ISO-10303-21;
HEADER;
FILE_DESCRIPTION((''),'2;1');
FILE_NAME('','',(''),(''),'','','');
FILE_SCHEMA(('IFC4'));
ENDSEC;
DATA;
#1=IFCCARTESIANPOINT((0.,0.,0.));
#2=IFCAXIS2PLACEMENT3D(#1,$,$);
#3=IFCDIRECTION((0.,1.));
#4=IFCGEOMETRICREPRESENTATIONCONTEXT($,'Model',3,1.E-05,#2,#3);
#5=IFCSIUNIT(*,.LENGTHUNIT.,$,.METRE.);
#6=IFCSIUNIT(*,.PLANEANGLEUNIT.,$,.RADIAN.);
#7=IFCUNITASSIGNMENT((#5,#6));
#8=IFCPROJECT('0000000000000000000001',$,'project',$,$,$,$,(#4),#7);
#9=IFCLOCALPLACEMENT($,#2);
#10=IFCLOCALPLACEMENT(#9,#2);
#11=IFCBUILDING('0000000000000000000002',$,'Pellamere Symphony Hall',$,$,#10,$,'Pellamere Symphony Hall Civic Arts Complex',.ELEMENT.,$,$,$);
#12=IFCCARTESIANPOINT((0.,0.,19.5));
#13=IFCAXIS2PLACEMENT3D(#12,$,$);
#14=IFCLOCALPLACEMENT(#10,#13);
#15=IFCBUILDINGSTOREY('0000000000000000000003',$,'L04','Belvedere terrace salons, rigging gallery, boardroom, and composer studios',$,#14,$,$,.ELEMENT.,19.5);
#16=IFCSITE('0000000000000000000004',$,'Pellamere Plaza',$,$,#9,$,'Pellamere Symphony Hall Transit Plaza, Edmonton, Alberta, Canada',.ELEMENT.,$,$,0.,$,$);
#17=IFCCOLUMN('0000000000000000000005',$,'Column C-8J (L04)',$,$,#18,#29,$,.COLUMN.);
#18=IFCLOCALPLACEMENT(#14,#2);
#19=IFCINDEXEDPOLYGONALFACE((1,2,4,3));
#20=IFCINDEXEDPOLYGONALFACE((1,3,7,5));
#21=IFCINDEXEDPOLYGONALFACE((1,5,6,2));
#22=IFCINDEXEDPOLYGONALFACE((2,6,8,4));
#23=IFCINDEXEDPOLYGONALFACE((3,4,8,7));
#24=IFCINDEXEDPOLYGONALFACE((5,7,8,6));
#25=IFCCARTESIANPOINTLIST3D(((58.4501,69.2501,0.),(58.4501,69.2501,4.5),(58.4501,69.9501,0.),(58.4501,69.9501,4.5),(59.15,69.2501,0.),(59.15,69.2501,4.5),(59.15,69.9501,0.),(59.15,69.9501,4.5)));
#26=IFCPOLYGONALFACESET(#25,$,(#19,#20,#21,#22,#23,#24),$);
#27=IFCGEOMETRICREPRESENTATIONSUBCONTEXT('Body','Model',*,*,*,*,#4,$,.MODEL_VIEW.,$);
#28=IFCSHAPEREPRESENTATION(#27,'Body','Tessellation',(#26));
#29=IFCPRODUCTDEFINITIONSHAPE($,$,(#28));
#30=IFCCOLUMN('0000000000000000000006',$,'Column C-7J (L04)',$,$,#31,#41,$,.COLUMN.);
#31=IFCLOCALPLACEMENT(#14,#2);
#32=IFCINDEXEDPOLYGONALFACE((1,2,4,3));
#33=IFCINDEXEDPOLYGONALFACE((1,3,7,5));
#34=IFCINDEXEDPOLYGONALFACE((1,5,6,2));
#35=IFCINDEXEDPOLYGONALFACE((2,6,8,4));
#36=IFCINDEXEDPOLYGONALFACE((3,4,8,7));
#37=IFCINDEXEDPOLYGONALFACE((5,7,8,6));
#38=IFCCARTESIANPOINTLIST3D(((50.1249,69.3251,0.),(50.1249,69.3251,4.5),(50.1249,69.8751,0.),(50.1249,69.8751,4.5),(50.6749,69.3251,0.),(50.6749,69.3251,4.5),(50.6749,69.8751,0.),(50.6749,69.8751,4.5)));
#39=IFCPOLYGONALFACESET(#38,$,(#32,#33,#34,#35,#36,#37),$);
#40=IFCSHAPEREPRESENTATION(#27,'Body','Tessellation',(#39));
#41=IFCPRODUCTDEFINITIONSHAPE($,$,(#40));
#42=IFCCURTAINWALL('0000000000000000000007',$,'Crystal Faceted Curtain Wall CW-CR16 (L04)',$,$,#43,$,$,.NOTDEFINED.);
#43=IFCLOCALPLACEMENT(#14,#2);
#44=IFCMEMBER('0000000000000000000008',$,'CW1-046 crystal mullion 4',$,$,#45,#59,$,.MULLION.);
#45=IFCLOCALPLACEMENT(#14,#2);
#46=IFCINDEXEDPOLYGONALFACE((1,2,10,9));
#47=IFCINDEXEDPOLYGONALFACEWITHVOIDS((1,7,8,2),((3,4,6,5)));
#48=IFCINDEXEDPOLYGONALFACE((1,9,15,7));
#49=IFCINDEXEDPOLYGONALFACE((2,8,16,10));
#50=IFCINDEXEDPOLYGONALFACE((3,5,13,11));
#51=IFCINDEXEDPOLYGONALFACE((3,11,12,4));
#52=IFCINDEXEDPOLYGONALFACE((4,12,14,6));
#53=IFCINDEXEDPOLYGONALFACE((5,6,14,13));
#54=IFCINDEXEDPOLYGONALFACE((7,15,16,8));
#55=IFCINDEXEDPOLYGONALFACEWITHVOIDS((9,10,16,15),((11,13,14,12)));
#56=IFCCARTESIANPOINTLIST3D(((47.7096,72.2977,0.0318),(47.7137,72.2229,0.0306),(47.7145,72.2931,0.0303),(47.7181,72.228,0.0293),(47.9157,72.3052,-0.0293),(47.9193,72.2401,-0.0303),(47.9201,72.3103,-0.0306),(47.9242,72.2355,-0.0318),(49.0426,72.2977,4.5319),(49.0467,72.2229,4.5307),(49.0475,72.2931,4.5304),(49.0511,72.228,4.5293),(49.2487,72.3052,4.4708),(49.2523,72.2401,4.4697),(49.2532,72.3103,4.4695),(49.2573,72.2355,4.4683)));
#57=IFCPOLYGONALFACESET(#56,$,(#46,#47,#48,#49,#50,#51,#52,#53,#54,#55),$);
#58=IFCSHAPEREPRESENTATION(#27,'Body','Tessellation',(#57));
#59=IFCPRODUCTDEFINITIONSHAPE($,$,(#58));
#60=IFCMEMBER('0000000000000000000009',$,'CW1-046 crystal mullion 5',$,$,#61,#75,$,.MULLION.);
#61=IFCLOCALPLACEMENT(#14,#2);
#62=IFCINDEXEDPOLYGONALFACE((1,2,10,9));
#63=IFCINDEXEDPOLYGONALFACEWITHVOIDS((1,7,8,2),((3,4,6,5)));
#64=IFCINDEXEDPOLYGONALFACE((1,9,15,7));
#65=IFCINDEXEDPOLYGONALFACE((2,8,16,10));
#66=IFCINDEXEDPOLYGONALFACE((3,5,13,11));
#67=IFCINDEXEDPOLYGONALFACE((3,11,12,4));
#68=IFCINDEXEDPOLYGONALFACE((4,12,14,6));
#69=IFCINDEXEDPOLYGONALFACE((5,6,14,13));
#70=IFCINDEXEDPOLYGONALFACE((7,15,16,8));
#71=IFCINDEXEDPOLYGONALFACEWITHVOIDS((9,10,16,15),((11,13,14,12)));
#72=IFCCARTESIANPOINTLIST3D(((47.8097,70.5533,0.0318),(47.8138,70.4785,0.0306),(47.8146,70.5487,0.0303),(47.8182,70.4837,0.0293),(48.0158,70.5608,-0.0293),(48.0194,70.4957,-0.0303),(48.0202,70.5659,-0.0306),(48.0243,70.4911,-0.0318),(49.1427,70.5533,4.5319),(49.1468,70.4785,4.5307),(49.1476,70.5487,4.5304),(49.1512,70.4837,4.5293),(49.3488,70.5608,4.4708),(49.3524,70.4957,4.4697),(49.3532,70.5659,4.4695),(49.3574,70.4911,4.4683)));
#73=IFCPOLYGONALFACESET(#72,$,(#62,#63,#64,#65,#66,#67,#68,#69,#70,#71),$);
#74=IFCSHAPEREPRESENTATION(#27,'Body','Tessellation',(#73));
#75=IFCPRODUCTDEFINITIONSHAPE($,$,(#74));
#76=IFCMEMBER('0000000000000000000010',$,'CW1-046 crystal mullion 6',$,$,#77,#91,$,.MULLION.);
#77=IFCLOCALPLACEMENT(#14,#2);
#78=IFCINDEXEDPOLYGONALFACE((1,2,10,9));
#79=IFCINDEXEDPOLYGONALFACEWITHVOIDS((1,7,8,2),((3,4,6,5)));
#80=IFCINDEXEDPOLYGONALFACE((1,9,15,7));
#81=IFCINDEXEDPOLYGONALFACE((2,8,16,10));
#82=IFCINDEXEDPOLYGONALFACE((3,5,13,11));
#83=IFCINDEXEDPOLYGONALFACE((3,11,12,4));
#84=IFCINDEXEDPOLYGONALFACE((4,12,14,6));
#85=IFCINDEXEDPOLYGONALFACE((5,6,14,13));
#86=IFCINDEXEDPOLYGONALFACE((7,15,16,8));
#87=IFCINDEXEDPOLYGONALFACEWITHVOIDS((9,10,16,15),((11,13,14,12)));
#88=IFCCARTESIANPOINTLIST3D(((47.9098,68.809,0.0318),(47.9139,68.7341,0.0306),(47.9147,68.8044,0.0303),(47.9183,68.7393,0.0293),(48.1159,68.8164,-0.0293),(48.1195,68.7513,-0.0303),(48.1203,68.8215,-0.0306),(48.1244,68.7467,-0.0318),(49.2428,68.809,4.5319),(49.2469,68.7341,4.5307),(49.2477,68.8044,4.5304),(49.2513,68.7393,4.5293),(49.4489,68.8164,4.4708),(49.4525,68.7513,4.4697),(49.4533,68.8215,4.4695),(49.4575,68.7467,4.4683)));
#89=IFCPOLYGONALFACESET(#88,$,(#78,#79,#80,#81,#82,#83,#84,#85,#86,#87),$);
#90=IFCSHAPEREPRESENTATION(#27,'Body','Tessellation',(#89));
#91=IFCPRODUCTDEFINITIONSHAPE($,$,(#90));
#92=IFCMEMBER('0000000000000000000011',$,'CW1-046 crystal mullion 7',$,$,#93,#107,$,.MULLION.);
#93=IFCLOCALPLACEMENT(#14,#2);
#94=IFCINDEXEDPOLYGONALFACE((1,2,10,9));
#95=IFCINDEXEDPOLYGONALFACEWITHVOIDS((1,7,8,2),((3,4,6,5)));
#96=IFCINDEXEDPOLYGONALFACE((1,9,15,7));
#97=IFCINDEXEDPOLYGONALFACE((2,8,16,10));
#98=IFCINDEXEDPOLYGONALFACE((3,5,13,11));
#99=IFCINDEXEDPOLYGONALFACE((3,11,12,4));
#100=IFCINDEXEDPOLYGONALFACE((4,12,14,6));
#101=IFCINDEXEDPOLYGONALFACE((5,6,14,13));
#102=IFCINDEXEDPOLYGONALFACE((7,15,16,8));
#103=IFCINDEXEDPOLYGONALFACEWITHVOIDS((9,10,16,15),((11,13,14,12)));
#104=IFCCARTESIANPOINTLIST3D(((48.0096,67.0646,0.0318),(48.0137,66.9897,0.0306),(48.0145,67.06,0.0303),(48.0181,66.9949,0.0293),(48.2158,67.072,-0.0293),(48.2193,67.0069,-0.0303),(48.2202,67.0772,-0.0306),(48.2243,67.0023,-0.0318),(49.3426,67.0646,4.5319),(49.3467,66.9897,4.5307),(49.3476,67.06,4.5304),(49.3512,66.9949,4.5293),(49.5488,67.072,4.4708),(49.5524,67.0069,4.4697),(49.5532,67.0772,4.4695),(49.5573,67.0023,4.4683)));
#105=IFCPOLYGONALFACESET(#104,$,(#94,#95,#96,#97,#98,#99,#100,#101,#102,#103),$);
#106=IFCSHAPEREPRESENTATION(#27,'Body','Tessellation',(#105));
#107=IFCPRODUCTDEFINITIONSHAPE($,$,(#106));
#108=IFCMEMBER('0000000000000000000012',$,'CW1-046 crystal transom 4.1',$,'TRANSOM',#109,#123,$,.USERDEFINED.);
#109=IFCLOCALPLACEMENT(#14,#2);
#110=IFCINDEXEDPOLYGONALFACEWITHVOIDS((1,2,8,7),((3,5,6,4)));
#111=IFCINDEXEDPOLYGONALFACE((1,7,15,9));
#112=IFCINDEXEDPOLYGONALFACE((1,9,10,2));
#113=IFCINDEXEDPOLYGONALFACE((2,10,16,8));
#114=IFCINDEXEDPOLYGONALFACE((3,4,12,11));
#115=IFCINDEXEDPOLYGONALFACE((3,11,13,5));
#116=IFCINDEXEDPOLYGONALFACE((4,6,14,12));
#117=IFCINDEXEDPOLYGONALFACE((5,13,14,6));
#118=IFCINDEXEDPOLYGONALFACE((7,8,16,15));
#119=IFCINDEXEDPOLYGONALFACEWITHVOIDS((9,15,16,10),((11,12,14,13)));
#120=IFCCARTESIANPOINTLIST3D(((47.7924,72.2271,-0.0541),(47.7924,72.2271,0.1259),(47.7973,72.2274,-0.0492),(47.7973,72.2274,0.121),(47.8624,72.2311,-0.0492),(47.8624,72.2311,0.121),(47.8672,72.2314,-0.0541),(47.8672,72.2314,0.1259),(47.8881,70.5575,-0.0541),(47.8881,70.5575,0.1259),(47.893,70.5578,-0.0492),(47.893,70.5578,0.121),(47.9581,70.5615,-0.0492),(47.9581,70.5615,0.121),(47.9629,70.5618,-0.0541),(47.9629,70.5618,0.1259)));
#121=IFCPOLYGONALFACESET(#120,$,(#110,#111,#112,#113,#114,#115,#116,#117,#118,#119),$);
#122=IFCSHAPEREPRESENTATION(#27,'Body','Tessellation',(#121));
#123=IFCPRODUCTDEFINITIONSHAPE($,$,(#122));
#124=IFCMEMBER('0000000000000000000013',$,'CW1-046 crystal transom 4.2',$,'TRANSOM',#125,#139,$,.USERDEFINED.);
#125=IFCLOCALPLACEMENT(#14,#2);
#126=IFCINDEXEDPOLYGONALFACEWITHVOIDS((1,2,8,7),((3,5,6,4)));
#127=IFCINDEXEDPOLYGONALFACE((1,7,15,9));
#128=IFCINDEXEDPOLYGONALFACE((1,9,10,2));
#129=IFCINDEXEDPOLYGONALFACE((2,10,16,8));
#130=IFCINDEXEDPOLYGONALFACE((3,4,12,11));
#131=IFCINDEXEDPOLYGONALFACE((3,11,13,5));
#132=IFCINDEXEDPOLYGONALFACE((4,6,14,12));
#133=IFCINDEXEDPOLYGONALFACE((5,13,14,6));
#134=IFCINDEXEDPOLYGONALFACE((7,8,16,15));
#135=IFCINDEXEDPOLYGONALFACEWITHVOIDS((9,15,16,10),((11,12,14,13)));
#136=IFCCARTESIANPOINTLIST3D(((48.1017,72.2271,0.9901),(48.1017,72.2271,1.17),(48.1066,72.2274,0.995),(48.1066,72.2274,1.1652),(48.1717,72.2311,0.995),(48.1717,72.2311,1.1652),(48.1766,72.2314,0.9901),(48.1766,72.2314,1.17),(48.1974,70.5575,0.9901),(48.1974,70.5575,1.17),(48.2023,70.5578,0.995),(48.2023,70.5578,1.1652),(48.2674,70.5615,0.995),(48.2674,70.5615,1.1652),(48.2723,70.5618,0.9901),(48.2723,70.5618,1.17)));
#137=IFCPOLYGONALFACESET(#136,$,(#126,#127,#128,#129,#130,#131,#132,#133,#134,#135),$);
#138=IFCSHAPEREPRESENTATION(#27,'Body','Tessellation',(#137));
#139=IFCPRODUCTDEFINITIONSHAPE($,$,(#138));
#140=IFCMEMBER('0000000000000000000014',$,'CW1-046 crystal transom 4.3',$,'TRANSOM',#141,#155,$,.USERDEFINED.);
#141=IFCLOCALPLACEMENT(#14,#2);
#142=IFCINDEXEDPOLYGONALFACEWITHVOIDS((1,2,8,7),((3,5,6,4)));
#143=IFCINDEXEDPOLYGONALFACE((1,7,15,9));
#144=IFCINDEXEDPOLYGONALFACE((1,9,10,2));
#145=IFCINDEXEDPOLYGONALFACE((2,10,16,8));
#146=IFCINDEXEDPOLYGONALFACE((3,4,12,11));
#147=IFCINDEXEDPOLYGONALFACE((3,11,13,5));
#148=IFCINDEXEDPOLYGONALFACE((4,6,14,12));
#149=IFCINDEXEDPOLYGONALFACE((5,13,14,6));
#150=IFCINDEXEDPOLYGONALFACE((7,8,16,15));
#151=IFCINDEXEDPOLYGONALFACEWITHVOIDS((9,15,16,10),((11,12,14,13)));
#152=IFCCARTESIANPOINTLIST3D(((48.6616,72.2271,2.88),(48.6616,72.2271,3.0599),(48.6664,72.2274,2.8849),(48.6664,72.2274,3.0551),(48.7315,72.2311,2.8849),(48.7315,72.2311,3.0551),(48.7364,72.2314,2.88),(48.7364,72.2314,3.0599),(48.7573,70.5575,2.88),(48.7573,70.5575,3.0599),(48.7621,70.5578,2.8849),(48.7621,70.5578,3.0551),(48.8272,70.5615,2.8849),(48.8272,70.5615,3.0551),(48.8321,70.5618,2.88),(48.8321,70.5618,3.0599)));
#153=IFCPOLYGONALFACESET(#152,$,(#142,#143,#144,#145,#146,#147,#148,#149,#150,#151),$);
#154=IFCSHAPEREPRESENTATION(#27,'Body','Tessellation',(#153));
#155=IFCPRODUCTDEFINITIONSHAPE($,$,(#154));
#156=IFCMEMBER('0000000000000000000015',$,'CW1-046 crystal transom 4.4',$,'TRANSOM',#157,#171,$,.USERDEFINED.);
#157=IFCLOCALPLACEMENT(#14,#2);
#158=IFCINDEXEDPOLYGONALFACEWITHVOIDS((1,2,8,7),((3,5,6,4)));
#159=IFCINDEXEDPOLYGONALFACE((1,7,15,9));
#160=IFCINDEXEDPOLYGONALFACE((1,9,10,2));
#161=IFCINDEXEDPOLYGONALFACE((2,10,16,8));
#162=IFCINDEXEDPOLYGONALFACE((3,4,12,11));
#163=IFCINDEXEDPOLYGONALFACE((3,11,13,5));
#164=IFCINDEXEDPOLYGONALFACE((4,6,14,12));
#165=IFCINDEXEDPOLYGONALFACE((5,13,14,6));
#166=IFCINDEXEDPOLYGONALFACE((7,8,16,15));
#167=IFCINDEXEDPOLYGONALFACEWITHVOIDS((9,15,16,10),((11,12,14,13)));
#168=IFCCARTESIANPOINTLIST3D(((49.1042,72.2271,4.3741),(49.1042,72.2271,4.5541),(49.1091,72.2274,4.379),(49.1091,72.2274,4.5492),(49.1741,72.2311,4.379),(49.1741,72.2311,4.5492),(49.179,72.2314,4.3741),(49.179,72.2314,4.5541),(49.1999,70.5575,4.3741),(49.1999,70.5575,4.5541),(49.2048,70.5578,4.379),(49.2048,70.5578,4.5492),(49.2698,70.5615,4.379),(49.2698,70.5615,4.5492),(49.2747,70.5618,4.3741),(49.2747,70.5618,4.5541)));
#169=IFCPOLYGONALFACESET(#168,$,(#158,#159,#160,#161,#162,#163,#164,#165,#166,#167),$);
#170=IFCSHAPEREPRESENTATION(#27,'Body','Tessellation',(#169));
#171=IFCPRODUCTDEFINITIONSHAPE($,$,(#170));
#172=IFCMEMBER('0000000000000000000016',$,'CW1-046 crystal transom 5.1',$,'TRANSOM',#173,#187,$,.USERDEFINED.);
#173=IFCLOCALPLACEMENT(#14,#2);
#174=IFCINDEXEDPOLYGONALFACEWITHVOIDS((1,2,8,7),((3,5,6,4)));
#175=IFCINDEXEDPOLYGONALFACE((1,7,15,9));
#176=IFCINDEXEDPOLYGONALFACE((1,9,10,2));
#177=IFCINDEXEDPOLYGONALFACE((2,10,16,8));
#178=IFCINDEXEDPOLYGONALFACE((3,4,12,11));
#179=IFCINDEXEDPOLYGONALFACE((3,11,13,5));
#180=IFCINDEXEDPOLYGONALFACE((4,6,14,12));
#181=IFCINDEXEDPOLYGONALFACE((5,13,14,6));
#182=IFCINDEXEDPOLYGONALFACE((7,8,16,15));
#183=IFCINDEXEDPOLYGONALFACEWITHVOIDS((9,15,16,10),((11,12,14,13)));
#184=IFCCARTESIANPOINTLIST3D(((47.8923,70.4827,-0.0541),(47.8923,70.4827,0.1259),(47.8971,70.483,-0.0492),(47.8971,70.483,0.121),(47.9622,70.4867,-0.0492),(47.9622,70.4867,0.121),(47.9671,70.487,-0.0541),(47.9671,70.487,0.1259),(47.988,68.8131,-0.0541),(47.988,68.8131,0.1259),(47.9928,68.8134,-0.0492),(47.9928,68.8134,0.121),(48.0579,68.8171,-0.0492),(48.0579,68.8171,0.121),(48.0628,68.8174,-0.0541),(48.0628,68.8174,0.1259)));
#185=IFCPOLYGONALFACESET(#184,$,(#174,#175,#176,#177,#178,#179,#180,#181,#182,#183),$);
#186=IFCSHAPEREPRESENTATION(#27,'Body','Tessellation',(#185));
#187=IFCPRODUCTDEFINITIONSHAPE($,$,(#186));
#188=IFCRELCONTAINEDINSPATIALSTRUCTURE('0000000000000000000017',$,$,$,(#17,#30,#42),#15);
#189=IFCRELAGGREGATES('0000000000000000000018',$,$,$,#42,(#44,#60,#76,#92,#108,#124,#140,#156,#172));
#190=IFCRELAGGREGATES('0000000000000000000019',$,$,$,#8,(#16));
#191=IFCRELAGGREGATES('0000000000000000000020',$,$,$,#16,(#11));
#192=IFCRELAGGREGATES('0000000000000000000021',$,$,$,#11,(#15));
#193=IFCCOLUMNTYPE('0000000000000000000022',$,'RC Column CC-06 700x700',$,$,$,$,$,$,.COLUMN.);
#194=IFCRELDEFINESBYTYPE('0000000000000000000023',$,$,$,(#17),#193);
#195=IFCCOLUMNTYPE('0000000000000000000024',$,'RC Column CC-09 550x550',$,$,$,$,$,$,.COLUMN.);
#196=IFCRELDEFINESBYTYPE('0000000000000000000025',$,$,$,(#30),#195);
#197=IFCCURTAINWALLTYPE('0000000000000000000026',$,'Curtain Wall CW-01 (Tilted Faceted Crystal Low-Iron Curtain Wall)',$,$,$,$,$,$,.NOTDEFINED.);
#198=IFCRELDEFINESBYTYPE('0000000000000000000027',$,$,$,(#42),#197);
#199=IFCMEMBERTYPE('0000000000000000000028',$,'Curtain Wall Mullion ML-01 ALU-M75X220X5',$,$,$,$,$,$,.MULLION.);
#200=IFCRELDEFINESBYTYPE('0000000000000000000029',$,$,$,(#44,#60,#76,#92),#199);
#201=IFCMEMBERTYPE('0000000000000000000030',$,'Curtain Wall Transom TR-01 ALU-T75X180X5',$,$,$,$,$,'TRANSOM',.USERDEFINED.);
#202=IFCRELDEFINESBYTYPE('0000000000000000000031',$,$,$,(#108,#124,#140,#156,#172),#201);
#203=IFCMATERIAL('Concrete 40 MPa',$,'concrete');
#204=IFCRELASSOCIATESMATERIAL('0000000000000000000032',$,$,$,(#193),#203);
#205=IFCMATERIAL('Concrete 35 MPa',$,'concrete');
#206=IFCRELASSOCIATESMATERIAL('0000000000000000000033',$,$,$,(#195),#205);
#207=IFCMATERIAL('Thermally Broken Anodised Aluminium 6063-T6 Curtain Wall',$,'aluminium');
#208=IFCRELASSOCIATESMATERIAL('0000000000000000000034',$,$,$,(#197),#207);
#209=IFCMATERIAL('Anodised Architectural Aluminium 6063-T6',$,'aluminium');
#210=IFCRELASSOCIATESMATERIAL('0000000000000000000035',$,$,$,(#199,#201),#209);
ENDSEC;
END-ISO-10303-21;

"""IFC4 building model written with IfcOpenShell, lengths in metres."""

from ifc_helpers import new_model, si_unit, direction, frame, origin, origin_2d, place, context, subcontext, project, spatial, rectangle, hollow_rectangle, extrude, material, material_profile, profile_set, type_object, element, aggregate, save


model = new_model("IFC4")

# Units and contexts
model_context = context("Model", 3, precision=1e-05, world=origin(), true_north=direction((0.0, 1.0)))
body_context = subcontext(model_context, "Body", "Model", "MODEL_VIEW")
ifc_project = project(units=[si_unit("LENGTHUNIT", "METRE"), si_unit("PLANEANGLEUNIT", "RADIAN")], contexts=[model_context])

# Site, building, storey
site_placement = place(None, origin())
site = spatial("IfcSite", under=ifc_project, at=site_placement, Name="Pellamere Plaza", LongName="Pellamere Symphony Hall Transit Plaza, Edmonton, Alberta, Canada", CompositionType="ELEMENT", RefElevation=0.0)
building_placement = place(site_placement, origin())
building = spatial("IfcBuilding", under=site, at=building_placement, Name="Pellamere Symphony Hall", LongName="Pellamere Symphony Hall Civic Arts Complex", CompositionType="ELEMENT")
storey_placement = place(building_placement, frame((0.0, 0.0, 19.5)))
storey = spatial("IfcBuildingStorey", under=building, at=storey_placement, Name="L04", Description="Belvedere terrace salons, rigging gallery, boardroom, and composer studios", CompositionType="ELEMENT", Elevation=19.5)

# Columns
ifc_material_1 = material(Name="Concrete 40 MPa", Category="concrete")
ifc_material_profile_1 = material_profile(ifc_material_1, rectangle(XDim=0.7, YDim=0.7, at=origin_2d()), Name="RC 700x700")
ifc_profile_set_1 = profile_set([ifc_material_profile_1], Name="Concrete 40 MPa")
column_type_1 = type_object("IfcColumnType", Name="RC Column CC-06 700x700", PredefinedType="COLUMN", material=ifc_profile_set_1)
column_1_placement = place(storey_placement, frame((58.8, 69.6001, 0.0), z_axis=(0.0, 0.0, 1.0), x_axis=(1.0, 0.0, 0.0)))
element("IfcColumn", 1, at=column_1_placement, inside=storey, type_object=column_type_1, Name="Column C-8J (L04)", PredefinedType="COLUMN", context=body_context, shape_type="SweptSolid", body=[
    extrude(rectangle(XDim=0.7, YDim=0.7, at=origin_2d()), origin(), (0.0, 0.0, 1.0), 4.5),
])
ifc_material_2 = material(Name="Concrete 35 MPa", Category="concrete")
ifc_material_profile_2 = material_profile(ifc_material_2, rectangle(XDim=0.55, YDim=0.55, at=origin_2d()), Name="RC 550x550")
ifc_profile_set_2 = profile_set([ifc_material_profile_2], Name="Concrete 35 MPa")
column_type_2 = type_object("IfcColumnType", Name="RC Column CC-09 550x550", PredefinedType="COLUMN", material=ifc_profile_set_2)
column_2_placement = place(storey_placement, frame((50.3999, 69.6001, 0.0), z_axis=(0.0, 0.0, 1.0), x_axis=(1.0, 0.0, 0.0)))
element("IfcColumn", 2, at=column_2_placement, inside=storey, type_object=column_type_2, Name="Column C-7J (L04)", PredefinedType="COLUMN", context=body_context, shape_type="SweptSolid", body=[
    extrude(rectangle(XDim=0.55, YDim=0.55, at=origin_2d()), origin(), (0.0, 0.0, 1.0), 4.5),
])

# Curtain wall, members
ifc_material_3 = material(Name="Thermally Broken Anodised Aluminium 6063-T6 Curtain Wall", Category="aluminium")
curtain_wall_type = type_object("IfcCurtainWallType", Name="Curtain Wall CW-01 (Tilted Faceted Crystal Low-Iron Curtain Wall)", PredefinedType="NOTDEFINED", material=ifc_material_3)
curtain_wall_placement = place(storey_placement, origin())
curtain_wall = element("IfcCurtainWall", 3, at=curtain_wall_placement, inside=storey, type_object=curtain_wall_type, Name="Crystal Faceted Curtain Wall CW-CR16 (L04)", PredefinedType="NOTDEFINED")
ifc_material_4 = material(Name="Anodised Architectural Aluminium 6063-T6", Category="aluminium")
ifc_material_profile_3 = material_profile(ifc_material_4, hollow_rectangle(XDim=0.075, YDim=0.22, WallThickness=0.0049, at=origin_2d()), Name="ALU-M75X220X5")
ifc_profile_set_3 = profile_set([ifc_material_profile_3], Name="Anodised Architectural Aluminium 6063-T6")
member_type_1 = type_object("IfcMemberType", Name="Curtain Wall Mullion ML-01 ALU-M75X220X5", PredefinedType="MULLION", material=ifc_profile_set_3)
member_1_placement = place(storey_placement, frame((47.8169, 72.2666, 0.0), z_axis=(0.284025, 0.0, 0.958817), x_axis=(-0.054874, 0.998361, 0.016255)))
member_1 = element("IfcMember", 4, at=member_1_placement, type_object=member_type_1, Name="CW1-046 crystal mullion 4", PredefinedType="MULLION", context=body_context, shape_type="SweptSolid", body=[
    extrude(hollow_rectangle(XDim=0.075, YDim=0.22, WallThickness=0.0049, at=origin_2d()), origin(), (0.0, 0.0, 1.0), 4.6934),
])
member_2_placement = place(storey_placement, frame((47.917, 70.5222, 0.0), z_axis=(0.284025, 0.0, 0.958817), x_axis=(-0.054874, 0.998361, 0.016255)))
member_2 = element("IfcMember", 5, at=member_2_placement, type_object=member_type_1, Name="CW1-046 crystal mullion 5", PredefinedType="MULLION", context=body_context, shape_type="SweptSolid", body=[
    extrude(hollow_rectangle(XDim=0.075, YDim=0.22, WallThickness=0.0049, at=origin_2d()), origin(), (0.0, 0.0, 1.0), 4.6934),
])
member_3_placement = place(storey_placement, frame((48.0171, 68.7778, 0.0), z_axis=(0.284025, 0.0, 0.958817), x_axis=(-0.054874, 0.998361, 0.016255)))
member_3 = element("IfcMember", 6, at=member_3_placement, type_object=member_type_1, Name="CW1-046 crystal mullion 6", PredefinedType="MULLION", context=body_context, shape_type="SweptSolid", body=[
    extrude(hollow_rectangle(XDim=0.075, YDim=0.22, WallThickness=0.0049, at=origin_2d()), origin(), (0.0, 0.0, 1.0), 4.6934),
])
member_4_placement = place(storey_placement, frame((48.1169, 67.0334, 0.0), z_axis=(0.284025, 0.0, 0.958817), x_axis=(-0.054874, 0.998361, 0.016255)))
member_4 = element("IfcMember", 7, at=member_4_placement, type_object=member_type_1, Name="CW1-046 crystal mullion 7", PredefinedType="MULLION", context=body_context, shape_type="SweptSolid", body=[
    extrude(hollow_rectangle(XDim=0.075, YDim=0.22, WallThickness=0.0049, at=origin_2d()), origin(), (0.0, 0.0, 1.0), 4.6934),
])
ifc_material_profile_4 = material_profile(ifc_material_4, hollow_rectangle(XDim=0.075, YDim=0.1799, WallThickness=0.0049, at=origin_2d()), Name="ALU-T75X180X5")
ifc_profile_set_4 = profile_set([ifc_material_profile_4], Name="Anodised Architectural Aluminium 6063-T6")
member_type_2 = type_object("IfcMemberType", Name="Curtain Wall Transom TR-01 ALU-T75X180X5", ElementType="TRANSOM", PredefinedType="USERDEFINED", material=ifc_profile_set_4)
member_5_placement = place(storey_placement, frame((47.8298, 72.2292, 0.0359), z_axis=(0.057224, -0.998361, 0.0), x_axis=(0.998361, 0.057224, 0.0)))
member_5 = element("IfcMember", 8, at=member_5_placement, type_object=member_type_2, Name="CW1-046 crystal transom 4.1", ObjectType="TRANSOM", PredefinedType="USERDEFINED", context=body_context, shape_type="SweptSolid", body=[
    extrude(hollow_rectangle(XDim=0.075, YDim=0.1799, WallThickness=0.0049, at=origin_2d()), origin(), (0.0, 0.0, 1.0), 1.6724),
])
member_6_placement = place(storey_placement, frame((48.1392, 72.2292, 1.0801), z_axis=(0.057224, -0.998361, 0.0), x_axis=(0.998361, 0.057224, 0.0)))
member_6 = element("IfcMember", 9, at=member_6_placement, type_object=member_type_2, Name="CW1-046 crystal transom 4.2", ObjectType="TRANSOM", PredefinedType="USERDEFINED", context=body_context, shape_type="SweptSolid", body=[
    extrude(hollow_rectangle(XDim=0.075, YDim=0.1799, WallThickness=0.0049, at=origin_2d()), origin(), (0.0, 0.0, 1.0), 1.6724),
])
member_7_placement = place(storey_placement, frame((48.699, 72.2292, 2.97), z_axis=(0.057224, -0.998361, 0.0), x_axis=(0.998361, 0.057224, 0.0)))
member_7 = element("IfcMember", 10, at=member_7_placement, type_object=member_type_2, Name="CW1-046 crystal transom 4.3", ObjectType="TRANSOM", PredefinedType="USERDEFINED", context=body_context, shape_type="SweptSolid", body=[
    extrude(hollow_rectangle(XDim=0.075, YDim=0.1799, WallThickness=0.0049, at=origin_2d()), origin(), (0.0, 0.0, 1.0), 1.6724),
])
member_8_placement = place(storey_placement, frame((49.1416, 72.2292, 4.4641), z_axis=(0.057224, -0.998361, 0.0), x_axis=(0.998361, 0.057224, 0.0)))
member_8 = element("IfcMember", 11, at=member_8_placement, type_object=member_type_2, Name="CW1-046 crystal transom 4.4", ObjectType="TRANSOM", PredefinedType="USERDEFINED", context=body_context, shape_type="SweptSolid", body=[
    extrude(hollow_rectangle(XDim=0.075, YDim=0.1799, WallThickness=0.0049, at=origin_2d()), origin(), (0.0, 0.0, 1.0), 1.6724),
])
member_9_placement = place(storey_placement, frame((47.9297, 70.4849, 0.0359), z_axis=(0.057224, -0.998361, 0.0), x_axis=(0.998361, 0.057224, 0.0)))
member_9 = element("IfcMember", 12, at=member_9_placement, type_object=member_type_2, Name="CW1-046 crystal transom 5.1", ObjectType="TRANSOM", PredefinedType="USERDEFINED", context=body_context, shape_type="SweptSolid", body=[
    extrude(hollow_rectangle(XDim=0.075, YDim=0.1799, WallThickness=0.0049, at=origin_2d()), origin(), (0.0, 0.0, 1.0), 1.6724),
])

aggregate(curtain_wall, [member_1, member_2, member_3, member_4, member_5, member_6, member_7, member_8, member_9])

save(model, "model.ifc")
